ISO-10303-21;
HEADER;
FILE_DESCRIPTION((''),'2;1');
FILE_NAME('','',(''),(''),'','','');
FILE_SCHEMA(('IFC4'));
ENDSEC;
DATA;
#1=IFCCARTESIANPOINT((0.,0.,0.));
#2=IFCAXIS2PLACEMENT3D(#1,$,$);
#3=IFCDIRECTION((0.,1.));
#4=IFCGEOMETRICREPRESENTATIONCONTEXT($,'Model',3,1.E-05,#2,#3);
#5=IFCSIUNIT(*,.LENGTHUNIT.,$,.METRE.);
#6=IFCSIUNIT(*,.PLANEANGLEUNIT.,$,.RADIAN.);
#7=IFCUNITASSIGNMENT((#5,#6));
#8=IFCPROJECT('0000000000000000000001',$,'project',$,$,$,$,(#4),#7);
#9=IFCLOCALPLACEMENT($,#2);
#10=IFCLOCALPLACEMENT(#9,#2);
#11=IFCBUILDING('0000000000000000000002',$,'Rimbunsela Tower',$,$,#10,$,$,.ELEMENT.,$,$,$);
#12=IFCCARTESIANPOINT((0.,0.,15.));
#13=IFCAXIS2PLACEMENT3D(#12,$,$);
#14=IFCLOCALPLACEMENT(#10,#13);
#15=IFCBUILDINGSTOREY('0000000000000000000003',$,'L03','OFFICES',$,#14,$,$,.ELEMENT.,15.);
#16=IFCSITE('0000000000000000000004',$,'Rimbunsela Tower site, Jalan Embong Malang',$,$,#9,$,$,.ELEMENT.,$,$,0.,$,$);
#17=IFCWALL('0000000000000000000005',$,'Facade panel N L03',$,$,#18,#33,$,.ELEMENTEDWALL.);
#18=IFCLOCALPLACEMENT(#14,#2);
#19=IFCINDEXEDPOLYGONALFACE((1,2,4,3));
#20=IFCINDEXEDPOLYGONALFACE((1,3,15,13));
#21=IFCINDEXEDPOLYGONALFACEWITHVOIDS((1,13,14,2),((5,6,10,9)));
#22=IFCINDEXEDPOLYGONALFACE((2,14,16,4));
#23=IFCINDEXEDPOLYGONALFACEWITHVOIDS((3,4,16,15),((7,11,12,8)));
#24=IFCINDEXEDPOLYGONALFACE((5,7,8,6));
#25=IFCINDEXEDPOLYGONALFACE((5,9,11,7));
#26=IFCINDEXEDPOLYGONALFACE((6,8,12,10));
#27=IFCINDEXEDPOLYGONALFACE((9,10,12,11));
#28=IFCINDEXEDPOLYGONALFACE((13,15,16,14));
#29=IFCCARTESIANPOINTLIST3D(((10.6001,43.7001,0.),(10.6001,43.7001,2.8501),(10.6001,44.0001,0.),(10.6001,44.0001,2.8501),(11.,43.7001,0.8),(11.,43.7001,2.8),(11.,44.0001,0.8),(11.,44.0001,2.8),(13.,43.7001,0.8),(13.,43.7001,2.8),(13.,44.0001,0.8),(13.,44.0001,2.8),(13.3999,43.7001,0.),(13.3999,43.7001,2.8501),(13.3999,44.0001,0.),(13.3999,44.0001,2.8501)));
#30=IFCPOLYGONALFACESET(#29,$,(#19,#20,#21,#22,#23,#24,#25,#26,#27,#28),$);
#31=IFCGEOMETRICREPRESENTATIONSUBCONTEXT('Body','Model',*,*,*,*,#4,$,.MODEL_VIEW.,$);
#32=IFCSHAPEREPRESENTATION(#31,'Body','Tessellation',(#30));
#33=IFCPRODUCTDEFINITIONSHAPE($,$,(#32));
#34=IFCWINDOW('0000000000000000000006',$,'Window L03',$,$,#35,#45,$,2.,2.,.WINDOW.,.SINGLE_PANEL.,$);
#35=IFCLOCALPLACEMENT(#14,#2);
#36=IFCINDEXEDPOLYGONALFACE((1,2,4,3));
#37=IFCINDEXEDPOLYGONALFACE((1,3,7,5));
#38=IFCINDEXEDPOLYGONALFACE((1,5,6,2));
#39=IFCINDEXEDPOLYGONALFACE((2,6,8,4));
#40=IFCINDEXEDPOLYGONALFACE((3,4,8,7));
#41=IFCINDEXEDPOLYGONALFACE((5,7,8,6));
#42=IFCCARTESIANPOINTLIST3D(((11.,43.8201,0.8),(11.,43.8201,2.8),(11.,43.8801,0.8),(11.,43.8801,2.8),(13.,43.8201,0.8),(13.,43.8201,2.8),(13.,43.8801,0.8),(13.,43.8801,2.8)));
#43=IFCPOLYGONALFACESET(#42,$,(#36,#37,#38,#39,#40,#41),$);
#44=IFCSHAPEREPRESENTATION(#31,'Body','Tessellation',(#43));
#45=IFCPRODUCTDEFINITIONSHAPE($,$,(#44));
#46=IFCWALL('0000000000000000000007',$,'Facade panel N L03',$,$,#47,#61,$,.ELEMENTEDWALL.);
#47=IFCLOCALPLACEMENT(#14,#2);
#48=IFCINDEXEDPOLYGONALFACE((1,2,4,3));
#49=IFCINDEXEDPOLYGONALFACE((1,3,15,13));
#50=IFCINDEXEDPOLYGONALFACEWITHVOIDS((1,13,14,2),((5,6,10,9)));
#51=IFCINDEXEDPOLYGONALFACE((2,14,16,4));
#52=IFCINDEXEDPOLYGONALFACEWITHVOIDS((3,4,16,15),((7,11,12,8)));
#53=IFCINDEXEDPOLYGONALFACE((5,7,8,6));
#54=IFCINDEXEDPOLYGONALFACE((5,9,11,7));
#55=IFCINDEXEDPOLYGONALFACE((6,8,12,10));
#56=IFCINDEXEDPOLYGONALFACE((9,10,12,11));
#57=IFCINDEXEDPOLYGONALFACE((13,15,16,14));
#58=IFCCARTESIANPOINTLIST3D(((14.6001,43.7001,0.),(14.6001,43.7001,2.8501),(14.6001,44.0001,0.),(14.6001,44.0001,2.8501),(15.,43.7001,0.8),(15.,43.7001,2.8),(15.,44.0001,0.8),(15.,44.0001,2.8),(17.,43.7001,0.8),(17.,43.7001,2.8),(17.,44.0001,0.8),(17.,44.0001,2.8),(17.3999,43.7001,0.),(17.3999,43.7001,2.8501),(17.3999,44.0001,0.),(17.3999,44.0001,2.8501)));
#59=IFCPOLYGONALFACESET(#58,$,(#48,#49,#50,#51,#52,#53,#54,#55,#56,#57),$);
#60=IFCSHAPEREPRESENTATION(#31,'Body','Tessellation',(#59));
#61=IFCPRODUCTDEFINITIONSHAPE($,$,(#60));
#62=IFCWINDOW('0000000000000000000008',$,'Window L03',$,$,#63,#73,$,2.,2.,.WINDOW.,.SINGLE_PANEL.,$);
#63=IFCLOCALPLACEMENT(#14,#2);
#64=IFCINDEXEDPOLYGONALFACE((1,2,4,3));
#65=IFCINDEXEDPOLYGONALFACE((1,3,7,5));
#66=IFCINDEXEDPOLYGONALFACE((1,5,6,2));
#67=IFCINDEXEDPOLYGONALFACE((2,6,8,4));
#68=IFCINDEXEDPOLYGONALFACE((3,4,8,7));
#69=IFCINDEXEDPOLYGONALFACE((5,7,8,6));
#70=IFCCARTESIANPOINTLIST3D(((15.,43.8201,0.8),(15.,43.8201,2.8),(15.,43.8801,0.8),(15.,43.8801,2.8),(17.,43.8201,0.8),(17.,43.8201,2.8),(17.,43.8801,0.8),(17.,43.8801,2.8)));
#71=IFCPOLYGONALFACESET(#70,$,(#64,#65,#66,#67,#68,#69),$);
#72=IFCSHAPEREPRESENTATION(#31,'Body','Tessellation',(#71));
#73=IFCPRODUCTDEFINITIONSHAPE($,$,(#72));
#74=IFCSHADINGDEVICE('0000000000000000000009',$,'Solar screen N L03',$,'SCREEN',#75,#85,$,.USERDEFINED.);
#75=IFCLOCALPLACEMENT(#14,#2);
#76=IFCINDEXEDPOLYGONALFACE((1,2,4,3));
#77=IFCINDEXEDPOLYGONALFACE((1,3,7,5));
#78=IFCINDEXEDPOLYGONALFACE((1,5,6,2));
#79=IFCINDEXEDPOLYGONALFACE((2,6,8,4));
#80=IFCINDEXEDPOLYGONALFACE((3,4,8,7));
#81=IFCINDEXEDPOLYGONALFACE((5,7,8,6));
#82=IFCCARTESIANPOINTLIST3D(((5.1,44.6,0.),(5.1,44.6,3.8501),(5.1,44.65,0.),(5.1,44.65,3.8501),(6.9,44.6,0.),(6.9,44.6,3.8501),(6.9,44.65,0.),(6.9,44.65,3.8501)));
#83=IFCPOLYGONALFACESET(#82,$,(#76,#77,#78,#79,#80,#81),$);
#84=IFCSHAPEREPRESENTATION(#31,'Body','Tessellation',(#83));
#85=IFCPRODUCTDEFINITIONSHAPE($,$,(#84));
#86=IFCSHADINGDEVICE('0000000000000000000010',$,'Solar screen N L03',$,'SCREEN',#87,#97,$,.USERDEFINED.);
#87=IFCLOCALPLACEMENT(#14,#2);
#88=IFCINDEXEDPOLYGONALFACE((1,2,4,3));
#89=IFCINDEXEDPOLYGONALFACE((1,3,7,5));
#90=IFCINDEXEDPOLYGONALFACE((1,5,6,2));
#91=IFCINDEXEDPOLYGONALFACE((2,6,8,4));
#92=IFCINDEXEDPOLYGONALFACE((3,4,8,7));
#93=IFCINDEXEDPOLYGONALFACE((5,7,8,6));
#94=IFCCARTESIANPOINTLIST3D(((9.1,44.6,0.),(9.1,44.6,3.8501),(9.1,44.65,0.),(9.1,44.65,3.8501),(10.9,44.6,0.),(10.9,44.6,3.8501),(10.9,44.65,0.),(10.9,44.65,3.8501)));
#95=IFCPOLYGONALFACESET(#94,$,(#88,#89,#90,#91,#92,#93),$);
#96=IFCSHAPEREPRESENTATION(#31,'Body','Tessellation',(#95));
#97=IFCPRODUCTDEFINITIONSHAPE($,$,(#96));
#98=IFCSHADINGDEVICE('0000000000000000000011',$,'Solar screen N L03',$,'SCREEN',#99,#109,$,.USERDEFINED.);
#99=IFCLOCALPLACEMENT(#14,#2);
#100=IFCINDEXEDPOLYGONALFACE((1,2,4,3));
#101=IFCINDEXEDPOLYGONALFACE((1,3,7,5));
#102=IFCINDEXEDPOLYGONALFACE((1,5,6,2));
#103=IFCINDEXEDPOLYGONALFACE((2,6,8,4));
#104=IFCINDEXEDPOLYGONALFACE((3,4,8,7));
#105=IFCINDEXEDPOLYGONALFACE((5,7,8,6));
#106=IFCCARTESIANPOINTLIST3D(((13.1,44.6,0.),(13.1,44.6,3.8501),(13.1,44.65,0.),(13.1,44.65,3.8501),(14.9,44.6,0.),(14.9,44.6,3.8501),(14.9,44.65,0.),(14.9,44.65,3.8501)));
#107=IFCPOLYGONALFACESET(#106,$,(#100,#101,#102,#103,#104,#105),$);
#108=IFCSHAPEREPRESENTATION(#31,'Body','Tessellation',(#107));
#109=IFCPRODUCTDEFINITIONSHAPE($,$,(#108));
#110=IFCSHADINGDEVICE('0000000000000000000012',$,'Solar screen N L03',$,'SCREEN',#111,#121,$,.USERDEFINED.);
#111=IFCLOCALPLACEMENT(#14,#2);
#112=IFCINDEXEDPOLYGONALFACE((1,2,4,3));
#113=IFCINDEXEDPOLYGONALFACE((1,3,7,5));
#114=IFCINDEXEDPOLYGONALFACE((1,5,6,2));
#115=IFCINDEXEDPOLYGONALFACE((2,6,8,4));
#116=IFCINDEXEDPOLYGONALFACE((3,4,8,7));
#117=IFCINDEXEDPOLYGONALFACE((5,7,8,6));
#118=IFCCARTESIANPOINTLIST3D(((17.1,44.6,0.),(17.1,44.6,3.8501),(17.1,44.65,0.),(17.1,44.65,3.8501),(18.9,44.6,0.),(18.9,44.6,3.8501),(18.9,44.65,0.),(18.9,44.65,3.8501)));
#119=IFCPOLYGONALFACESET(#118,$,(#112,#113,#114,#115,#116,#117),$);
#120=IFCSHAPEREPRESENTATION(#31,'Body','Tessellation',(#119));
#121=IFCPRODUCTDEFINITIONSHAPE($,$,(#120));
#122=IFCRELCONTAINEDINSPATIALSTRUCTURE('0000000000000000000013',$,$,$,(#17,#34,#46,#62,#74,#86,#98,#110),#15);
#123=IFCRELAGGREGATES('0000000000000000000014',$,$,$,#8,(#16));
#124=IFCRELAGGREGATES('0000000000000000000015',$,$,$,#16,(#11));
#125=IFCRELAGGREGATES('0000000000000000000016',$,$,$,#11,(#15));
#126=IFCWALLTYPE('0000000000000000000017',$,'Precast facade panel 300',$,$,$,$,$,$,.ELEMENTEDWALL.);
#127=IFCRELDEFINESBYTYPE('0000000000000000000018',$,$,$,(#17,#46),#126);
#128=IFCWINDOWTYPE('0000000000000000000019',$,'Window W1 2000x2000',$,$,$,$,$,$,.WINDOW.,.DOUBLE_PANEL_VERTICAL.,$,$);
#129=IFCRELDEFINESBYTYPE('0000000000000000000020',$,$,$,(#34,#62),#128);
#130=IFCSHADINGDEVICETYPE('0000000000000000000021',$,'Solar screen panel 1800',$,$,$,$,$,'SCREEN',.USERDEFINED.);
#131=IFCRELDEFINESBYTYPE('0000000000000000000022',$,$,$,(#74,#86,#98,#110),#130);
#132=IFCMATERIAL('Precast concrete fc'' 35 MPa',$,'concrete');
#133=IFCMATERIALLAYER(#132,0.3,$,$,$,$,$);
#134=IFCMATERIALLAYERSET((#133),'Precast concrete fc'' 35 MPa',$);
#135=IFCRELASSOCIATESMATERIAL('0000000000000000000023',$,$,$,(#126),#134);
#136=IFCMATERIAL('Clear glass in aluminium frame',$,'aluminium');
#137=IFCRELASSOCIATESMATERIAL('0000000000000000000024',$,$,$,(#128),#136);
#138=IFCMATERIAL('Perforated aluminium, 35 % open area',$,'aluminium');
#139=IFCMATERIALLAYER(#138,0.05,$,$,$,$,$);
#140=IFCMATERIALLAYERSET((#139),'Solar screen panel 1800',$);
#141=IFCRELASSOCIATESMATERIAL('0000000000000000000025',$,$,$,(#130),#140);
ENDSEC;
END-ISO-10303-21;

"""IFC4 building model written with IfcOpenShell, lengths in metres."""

from ifc_helpers import new_model, si_unit, direction, frame, frame_2d, origin, origin_2d, place, context, subcontext, project, spatial, rectangle, extrude, material, layer, layer_set, type_object, element, fill, save


model = new_model("IFC4")

# Units and contexts
model_context = context("Model", 3, precision=1e-05, world=origin(), true_north=direction((0.0, 1.0)))
body_context = subcontext(model_context, "Body", "Model", "MODEL_VIEW")
ifc_project = project(units=[si_unit("LENGTHUNIT", "METRE"), si_unit("PLANEANGLEUNIT", "RADIAN")], contexts=[model_context])

# Site, building, storey
site_placement = place(None, origin())
site = spatial("IfcSite", under=ifc_project, at=site_placement, Name="Rimbunsela Tower site, Jalan Embong Malang", CompositionType="ELEMENT", RefElevation=0.0)
building_placement = place(site_placement, origin())
building = spatial("IfcBuilding", under=site, at=building_placement, Name="Rimbunsela Tower", CompositionType="ELEMENT")
storey_placement = place(building_placement, frame((0.0, 0.0, 15.0)))
storey = spatial("IfcBuildingStorey", under=building, at=storey_placement, Name="L03", Description="OFFICES", CompositionType="ELEMENT", Elevation=15.0)

# Walls, openings, windows
ifc_material_1 = material(Name="Precast concrete fc' 35 MPa", Category="concrete")
ifc_layer_1 = layer(ifc_material_1, 0.3)
ifc_layer_set_1 = layer_set([ifc_layer_1], Name="Precast concrete fc' 35 MPa")
wall_type_1 = type_object("IfcWallType", Name="Precast facade panel 300", PredefinedType="ELEMENTEDWALL", material=ifc_layer_set_1)
ifc_material_2 = material(Name="Clear glass in aluminium frame", Category="aluminium")
window_type = type_object("IfcWindowType", Name="Window W1 2000x2000", PartitioningType="DOUBLE_PANEL_VERTICAL", PredefinedType="WINDOW", material=ifc_material_2)
wall_1_placement = place(storey_placement, frame((13.3999, 43.8501, 0.0), z_axis=(0.0, 0.0, 1.0), x_axis=(-1.0, 0.0, 0.0)))
wall_1 = element("IfcWall", 1, at=wall_1_placement, inside=storey, type_object=wall_type_1, Name="Facade panel N L03", PredefinedType="ELEMENTEDWALL", context=body_context, shape_type="SweptSolid", body=[
    extrude(rectangle(XDim=2.7998, YDim=0.3, at=frame_2d((1.3999, 0.0))), origin(), (0.0, 0.0, 1.0), 2.8501),
])
opening_1_placement = place(wall_1_placement, frame((0.3999, 0.0, 0.8)))
opening_1 = element("IfcOpeningElement", 2, at=opening_1_placement, cuts=wall_1, PredefinedType="OPENING", context=body_context, shape_type="SweptSolid", body=[
    extrude(rectangle(XDim=2.0, YDim=2.0, at=frame_2d((1.0, 1.0))), frame((0.0, 0.1599, 0.0), z_axis=(0.0, -1.0, 0.0), x_axis=(1.0, 0.0, 0.0)), (0.0, 0.0, 1.0), 0.3201),
])
window_1_placement = place(opening_1_placement, origin())
window_1 = element("IfcWindow", 3, at=window_1_placement, inside=storey, type_object=window_type, Name="Window L03", OverallHeight=2.0, OverallWidth=2.0, PartitioningType="SINGLE_PANEL", PredefinedType="WINDOW", context=body_context, shape_type="SweptSolid", body=[
    extrude(rectangle(XDim=2.0, YDim=2.0, at=frame_2d((1.0, 1.0))), frame((0.0, 0.03, 0.0), z_axis=(0.0, -1.0, 0.0), x_axis=(1.0, 0.0, 0.0)), (0.0, 0.0, 1.0), 0.0601),
])
fill(opening_1, window_1)
wall_2_placement = place(storey_placement, frame((17.3999, 43.8501, 0.0), z_axis=(0.0, 0.0, 1.0), x_axis=(-1.0, 0.0, 0.0)))
wall_2 = element("IfcWall", 4, at=wall_2_placement, inside=storey, type_object=wall_type_1, Name="Facade panel N L03", PredefinedType="ELEMENTEDWALL", context=body_context, shape_type="SweptSolid", body=[
    extrude(rectangle(XDim=2.7998, YDim=0.3, at=frame_2d((1.3999, 0.0))), origin(), (0.0, 0.0, 1.0), 2.8501),
])
opening_2_placement = place(wall_2_placement, frame((0.3999, 0.0, 0.8)))
opening_2 = element("IfcOpeningElement", 5, at=opening_2_placement, cuts=wall_2, PredefinedType="OPENING", context=body_context, shape_type="SweptSolid", body=[
    extrude(rectangle(XDim=2.0, YDim=2.0, at=frame_2d((1.0, 1.0))), frame((0.0, 0.1599, 0.0), z_axis=(0.0, -1.0, 0.0), x_axis=(1.0, 0.0, 0.0)), (0.0, 0.0, 1.0), 0.3201),
])
window_2_placement = place(opening_2_placement, origin())
window_2 = element("IfcWindow", 6, at=window_2_placement, inside=storey, type_object=window_type, Name="Window L03", OverallHeight=2.0, OverallWidth=2.0, PartitioningType="SINGLE_PANEL", PredefinedType="WINDOW", context=body_context, shape_type="SweptSolid", body=[
    extrude(rectangle(XDim=2.0, YDim=2.0, at=frame_2d((1.0, 1.0))), frame((0.0, 0.03, 0.0), z_axis=(0.0, -1.0, 0.0), x_axis=(1.0, 0.0, 0.0)), (0.0, 0.0, 1.0), 0.0601),
])
fill(opening_2, window_2)

# Shading devices
ifc_material_3 = material(Name="Perforated aluminium, 35 % open area", Category="aluminium")
ifc_layer_2 = layer(ifc_material_3, 0.05)
ifc_layer_set_2 = layer_set([ifc_layer_2], Name="Solar screen panel 1800")
shading_device_type = type_object("IfcShadingDeviceType", Name="Solar screen panel 1800", ElementType="SCREEN", PredefinedType="USERDEFINED", material=ifc_layer_set_2)
for number, where, z_axis, x_axis, name in (
    (7, (6.0, 44.625, 0.0), (0.0, 0.0, 1.0), (1.0, 0.0, 0.0), "Solar screen N L03"),
    (8, (10.0, 44.625, 0.0), (0.0, 0.0, 1.0), (1.0, 0.0, 0.0), "Solar screen N L03"),
    (9, (14.0, 44.625, 0.0), (0.0, 0.0, 1.0), (1.0, 0.0, 0.0), "Solar screen N L03"),
    (10, (18.0, 44.625, 0.0), (0.0, 0.0, 1.0), (1.0, 0.0, 0.0), "Solar screen N L03"),
):
    element("IfcShadingDevice", number, at=place(storey_placement, frame(where, z_axis=z_axis, x_axis=x_axis)), inside=storey, type_object=shading_device_type, Name=name, ObjectType="SCREEN", PredefinedType="USERDEFINED", context=body_context, shape_type="SweptSolid", body=[
        extrude(rectangle(XDim=1.8, YDim=0.05, at=origin_2d()), origin(), (0.0, 0.0, 1.0), 3.8501),
    ])

save(model, "model.ifc")
